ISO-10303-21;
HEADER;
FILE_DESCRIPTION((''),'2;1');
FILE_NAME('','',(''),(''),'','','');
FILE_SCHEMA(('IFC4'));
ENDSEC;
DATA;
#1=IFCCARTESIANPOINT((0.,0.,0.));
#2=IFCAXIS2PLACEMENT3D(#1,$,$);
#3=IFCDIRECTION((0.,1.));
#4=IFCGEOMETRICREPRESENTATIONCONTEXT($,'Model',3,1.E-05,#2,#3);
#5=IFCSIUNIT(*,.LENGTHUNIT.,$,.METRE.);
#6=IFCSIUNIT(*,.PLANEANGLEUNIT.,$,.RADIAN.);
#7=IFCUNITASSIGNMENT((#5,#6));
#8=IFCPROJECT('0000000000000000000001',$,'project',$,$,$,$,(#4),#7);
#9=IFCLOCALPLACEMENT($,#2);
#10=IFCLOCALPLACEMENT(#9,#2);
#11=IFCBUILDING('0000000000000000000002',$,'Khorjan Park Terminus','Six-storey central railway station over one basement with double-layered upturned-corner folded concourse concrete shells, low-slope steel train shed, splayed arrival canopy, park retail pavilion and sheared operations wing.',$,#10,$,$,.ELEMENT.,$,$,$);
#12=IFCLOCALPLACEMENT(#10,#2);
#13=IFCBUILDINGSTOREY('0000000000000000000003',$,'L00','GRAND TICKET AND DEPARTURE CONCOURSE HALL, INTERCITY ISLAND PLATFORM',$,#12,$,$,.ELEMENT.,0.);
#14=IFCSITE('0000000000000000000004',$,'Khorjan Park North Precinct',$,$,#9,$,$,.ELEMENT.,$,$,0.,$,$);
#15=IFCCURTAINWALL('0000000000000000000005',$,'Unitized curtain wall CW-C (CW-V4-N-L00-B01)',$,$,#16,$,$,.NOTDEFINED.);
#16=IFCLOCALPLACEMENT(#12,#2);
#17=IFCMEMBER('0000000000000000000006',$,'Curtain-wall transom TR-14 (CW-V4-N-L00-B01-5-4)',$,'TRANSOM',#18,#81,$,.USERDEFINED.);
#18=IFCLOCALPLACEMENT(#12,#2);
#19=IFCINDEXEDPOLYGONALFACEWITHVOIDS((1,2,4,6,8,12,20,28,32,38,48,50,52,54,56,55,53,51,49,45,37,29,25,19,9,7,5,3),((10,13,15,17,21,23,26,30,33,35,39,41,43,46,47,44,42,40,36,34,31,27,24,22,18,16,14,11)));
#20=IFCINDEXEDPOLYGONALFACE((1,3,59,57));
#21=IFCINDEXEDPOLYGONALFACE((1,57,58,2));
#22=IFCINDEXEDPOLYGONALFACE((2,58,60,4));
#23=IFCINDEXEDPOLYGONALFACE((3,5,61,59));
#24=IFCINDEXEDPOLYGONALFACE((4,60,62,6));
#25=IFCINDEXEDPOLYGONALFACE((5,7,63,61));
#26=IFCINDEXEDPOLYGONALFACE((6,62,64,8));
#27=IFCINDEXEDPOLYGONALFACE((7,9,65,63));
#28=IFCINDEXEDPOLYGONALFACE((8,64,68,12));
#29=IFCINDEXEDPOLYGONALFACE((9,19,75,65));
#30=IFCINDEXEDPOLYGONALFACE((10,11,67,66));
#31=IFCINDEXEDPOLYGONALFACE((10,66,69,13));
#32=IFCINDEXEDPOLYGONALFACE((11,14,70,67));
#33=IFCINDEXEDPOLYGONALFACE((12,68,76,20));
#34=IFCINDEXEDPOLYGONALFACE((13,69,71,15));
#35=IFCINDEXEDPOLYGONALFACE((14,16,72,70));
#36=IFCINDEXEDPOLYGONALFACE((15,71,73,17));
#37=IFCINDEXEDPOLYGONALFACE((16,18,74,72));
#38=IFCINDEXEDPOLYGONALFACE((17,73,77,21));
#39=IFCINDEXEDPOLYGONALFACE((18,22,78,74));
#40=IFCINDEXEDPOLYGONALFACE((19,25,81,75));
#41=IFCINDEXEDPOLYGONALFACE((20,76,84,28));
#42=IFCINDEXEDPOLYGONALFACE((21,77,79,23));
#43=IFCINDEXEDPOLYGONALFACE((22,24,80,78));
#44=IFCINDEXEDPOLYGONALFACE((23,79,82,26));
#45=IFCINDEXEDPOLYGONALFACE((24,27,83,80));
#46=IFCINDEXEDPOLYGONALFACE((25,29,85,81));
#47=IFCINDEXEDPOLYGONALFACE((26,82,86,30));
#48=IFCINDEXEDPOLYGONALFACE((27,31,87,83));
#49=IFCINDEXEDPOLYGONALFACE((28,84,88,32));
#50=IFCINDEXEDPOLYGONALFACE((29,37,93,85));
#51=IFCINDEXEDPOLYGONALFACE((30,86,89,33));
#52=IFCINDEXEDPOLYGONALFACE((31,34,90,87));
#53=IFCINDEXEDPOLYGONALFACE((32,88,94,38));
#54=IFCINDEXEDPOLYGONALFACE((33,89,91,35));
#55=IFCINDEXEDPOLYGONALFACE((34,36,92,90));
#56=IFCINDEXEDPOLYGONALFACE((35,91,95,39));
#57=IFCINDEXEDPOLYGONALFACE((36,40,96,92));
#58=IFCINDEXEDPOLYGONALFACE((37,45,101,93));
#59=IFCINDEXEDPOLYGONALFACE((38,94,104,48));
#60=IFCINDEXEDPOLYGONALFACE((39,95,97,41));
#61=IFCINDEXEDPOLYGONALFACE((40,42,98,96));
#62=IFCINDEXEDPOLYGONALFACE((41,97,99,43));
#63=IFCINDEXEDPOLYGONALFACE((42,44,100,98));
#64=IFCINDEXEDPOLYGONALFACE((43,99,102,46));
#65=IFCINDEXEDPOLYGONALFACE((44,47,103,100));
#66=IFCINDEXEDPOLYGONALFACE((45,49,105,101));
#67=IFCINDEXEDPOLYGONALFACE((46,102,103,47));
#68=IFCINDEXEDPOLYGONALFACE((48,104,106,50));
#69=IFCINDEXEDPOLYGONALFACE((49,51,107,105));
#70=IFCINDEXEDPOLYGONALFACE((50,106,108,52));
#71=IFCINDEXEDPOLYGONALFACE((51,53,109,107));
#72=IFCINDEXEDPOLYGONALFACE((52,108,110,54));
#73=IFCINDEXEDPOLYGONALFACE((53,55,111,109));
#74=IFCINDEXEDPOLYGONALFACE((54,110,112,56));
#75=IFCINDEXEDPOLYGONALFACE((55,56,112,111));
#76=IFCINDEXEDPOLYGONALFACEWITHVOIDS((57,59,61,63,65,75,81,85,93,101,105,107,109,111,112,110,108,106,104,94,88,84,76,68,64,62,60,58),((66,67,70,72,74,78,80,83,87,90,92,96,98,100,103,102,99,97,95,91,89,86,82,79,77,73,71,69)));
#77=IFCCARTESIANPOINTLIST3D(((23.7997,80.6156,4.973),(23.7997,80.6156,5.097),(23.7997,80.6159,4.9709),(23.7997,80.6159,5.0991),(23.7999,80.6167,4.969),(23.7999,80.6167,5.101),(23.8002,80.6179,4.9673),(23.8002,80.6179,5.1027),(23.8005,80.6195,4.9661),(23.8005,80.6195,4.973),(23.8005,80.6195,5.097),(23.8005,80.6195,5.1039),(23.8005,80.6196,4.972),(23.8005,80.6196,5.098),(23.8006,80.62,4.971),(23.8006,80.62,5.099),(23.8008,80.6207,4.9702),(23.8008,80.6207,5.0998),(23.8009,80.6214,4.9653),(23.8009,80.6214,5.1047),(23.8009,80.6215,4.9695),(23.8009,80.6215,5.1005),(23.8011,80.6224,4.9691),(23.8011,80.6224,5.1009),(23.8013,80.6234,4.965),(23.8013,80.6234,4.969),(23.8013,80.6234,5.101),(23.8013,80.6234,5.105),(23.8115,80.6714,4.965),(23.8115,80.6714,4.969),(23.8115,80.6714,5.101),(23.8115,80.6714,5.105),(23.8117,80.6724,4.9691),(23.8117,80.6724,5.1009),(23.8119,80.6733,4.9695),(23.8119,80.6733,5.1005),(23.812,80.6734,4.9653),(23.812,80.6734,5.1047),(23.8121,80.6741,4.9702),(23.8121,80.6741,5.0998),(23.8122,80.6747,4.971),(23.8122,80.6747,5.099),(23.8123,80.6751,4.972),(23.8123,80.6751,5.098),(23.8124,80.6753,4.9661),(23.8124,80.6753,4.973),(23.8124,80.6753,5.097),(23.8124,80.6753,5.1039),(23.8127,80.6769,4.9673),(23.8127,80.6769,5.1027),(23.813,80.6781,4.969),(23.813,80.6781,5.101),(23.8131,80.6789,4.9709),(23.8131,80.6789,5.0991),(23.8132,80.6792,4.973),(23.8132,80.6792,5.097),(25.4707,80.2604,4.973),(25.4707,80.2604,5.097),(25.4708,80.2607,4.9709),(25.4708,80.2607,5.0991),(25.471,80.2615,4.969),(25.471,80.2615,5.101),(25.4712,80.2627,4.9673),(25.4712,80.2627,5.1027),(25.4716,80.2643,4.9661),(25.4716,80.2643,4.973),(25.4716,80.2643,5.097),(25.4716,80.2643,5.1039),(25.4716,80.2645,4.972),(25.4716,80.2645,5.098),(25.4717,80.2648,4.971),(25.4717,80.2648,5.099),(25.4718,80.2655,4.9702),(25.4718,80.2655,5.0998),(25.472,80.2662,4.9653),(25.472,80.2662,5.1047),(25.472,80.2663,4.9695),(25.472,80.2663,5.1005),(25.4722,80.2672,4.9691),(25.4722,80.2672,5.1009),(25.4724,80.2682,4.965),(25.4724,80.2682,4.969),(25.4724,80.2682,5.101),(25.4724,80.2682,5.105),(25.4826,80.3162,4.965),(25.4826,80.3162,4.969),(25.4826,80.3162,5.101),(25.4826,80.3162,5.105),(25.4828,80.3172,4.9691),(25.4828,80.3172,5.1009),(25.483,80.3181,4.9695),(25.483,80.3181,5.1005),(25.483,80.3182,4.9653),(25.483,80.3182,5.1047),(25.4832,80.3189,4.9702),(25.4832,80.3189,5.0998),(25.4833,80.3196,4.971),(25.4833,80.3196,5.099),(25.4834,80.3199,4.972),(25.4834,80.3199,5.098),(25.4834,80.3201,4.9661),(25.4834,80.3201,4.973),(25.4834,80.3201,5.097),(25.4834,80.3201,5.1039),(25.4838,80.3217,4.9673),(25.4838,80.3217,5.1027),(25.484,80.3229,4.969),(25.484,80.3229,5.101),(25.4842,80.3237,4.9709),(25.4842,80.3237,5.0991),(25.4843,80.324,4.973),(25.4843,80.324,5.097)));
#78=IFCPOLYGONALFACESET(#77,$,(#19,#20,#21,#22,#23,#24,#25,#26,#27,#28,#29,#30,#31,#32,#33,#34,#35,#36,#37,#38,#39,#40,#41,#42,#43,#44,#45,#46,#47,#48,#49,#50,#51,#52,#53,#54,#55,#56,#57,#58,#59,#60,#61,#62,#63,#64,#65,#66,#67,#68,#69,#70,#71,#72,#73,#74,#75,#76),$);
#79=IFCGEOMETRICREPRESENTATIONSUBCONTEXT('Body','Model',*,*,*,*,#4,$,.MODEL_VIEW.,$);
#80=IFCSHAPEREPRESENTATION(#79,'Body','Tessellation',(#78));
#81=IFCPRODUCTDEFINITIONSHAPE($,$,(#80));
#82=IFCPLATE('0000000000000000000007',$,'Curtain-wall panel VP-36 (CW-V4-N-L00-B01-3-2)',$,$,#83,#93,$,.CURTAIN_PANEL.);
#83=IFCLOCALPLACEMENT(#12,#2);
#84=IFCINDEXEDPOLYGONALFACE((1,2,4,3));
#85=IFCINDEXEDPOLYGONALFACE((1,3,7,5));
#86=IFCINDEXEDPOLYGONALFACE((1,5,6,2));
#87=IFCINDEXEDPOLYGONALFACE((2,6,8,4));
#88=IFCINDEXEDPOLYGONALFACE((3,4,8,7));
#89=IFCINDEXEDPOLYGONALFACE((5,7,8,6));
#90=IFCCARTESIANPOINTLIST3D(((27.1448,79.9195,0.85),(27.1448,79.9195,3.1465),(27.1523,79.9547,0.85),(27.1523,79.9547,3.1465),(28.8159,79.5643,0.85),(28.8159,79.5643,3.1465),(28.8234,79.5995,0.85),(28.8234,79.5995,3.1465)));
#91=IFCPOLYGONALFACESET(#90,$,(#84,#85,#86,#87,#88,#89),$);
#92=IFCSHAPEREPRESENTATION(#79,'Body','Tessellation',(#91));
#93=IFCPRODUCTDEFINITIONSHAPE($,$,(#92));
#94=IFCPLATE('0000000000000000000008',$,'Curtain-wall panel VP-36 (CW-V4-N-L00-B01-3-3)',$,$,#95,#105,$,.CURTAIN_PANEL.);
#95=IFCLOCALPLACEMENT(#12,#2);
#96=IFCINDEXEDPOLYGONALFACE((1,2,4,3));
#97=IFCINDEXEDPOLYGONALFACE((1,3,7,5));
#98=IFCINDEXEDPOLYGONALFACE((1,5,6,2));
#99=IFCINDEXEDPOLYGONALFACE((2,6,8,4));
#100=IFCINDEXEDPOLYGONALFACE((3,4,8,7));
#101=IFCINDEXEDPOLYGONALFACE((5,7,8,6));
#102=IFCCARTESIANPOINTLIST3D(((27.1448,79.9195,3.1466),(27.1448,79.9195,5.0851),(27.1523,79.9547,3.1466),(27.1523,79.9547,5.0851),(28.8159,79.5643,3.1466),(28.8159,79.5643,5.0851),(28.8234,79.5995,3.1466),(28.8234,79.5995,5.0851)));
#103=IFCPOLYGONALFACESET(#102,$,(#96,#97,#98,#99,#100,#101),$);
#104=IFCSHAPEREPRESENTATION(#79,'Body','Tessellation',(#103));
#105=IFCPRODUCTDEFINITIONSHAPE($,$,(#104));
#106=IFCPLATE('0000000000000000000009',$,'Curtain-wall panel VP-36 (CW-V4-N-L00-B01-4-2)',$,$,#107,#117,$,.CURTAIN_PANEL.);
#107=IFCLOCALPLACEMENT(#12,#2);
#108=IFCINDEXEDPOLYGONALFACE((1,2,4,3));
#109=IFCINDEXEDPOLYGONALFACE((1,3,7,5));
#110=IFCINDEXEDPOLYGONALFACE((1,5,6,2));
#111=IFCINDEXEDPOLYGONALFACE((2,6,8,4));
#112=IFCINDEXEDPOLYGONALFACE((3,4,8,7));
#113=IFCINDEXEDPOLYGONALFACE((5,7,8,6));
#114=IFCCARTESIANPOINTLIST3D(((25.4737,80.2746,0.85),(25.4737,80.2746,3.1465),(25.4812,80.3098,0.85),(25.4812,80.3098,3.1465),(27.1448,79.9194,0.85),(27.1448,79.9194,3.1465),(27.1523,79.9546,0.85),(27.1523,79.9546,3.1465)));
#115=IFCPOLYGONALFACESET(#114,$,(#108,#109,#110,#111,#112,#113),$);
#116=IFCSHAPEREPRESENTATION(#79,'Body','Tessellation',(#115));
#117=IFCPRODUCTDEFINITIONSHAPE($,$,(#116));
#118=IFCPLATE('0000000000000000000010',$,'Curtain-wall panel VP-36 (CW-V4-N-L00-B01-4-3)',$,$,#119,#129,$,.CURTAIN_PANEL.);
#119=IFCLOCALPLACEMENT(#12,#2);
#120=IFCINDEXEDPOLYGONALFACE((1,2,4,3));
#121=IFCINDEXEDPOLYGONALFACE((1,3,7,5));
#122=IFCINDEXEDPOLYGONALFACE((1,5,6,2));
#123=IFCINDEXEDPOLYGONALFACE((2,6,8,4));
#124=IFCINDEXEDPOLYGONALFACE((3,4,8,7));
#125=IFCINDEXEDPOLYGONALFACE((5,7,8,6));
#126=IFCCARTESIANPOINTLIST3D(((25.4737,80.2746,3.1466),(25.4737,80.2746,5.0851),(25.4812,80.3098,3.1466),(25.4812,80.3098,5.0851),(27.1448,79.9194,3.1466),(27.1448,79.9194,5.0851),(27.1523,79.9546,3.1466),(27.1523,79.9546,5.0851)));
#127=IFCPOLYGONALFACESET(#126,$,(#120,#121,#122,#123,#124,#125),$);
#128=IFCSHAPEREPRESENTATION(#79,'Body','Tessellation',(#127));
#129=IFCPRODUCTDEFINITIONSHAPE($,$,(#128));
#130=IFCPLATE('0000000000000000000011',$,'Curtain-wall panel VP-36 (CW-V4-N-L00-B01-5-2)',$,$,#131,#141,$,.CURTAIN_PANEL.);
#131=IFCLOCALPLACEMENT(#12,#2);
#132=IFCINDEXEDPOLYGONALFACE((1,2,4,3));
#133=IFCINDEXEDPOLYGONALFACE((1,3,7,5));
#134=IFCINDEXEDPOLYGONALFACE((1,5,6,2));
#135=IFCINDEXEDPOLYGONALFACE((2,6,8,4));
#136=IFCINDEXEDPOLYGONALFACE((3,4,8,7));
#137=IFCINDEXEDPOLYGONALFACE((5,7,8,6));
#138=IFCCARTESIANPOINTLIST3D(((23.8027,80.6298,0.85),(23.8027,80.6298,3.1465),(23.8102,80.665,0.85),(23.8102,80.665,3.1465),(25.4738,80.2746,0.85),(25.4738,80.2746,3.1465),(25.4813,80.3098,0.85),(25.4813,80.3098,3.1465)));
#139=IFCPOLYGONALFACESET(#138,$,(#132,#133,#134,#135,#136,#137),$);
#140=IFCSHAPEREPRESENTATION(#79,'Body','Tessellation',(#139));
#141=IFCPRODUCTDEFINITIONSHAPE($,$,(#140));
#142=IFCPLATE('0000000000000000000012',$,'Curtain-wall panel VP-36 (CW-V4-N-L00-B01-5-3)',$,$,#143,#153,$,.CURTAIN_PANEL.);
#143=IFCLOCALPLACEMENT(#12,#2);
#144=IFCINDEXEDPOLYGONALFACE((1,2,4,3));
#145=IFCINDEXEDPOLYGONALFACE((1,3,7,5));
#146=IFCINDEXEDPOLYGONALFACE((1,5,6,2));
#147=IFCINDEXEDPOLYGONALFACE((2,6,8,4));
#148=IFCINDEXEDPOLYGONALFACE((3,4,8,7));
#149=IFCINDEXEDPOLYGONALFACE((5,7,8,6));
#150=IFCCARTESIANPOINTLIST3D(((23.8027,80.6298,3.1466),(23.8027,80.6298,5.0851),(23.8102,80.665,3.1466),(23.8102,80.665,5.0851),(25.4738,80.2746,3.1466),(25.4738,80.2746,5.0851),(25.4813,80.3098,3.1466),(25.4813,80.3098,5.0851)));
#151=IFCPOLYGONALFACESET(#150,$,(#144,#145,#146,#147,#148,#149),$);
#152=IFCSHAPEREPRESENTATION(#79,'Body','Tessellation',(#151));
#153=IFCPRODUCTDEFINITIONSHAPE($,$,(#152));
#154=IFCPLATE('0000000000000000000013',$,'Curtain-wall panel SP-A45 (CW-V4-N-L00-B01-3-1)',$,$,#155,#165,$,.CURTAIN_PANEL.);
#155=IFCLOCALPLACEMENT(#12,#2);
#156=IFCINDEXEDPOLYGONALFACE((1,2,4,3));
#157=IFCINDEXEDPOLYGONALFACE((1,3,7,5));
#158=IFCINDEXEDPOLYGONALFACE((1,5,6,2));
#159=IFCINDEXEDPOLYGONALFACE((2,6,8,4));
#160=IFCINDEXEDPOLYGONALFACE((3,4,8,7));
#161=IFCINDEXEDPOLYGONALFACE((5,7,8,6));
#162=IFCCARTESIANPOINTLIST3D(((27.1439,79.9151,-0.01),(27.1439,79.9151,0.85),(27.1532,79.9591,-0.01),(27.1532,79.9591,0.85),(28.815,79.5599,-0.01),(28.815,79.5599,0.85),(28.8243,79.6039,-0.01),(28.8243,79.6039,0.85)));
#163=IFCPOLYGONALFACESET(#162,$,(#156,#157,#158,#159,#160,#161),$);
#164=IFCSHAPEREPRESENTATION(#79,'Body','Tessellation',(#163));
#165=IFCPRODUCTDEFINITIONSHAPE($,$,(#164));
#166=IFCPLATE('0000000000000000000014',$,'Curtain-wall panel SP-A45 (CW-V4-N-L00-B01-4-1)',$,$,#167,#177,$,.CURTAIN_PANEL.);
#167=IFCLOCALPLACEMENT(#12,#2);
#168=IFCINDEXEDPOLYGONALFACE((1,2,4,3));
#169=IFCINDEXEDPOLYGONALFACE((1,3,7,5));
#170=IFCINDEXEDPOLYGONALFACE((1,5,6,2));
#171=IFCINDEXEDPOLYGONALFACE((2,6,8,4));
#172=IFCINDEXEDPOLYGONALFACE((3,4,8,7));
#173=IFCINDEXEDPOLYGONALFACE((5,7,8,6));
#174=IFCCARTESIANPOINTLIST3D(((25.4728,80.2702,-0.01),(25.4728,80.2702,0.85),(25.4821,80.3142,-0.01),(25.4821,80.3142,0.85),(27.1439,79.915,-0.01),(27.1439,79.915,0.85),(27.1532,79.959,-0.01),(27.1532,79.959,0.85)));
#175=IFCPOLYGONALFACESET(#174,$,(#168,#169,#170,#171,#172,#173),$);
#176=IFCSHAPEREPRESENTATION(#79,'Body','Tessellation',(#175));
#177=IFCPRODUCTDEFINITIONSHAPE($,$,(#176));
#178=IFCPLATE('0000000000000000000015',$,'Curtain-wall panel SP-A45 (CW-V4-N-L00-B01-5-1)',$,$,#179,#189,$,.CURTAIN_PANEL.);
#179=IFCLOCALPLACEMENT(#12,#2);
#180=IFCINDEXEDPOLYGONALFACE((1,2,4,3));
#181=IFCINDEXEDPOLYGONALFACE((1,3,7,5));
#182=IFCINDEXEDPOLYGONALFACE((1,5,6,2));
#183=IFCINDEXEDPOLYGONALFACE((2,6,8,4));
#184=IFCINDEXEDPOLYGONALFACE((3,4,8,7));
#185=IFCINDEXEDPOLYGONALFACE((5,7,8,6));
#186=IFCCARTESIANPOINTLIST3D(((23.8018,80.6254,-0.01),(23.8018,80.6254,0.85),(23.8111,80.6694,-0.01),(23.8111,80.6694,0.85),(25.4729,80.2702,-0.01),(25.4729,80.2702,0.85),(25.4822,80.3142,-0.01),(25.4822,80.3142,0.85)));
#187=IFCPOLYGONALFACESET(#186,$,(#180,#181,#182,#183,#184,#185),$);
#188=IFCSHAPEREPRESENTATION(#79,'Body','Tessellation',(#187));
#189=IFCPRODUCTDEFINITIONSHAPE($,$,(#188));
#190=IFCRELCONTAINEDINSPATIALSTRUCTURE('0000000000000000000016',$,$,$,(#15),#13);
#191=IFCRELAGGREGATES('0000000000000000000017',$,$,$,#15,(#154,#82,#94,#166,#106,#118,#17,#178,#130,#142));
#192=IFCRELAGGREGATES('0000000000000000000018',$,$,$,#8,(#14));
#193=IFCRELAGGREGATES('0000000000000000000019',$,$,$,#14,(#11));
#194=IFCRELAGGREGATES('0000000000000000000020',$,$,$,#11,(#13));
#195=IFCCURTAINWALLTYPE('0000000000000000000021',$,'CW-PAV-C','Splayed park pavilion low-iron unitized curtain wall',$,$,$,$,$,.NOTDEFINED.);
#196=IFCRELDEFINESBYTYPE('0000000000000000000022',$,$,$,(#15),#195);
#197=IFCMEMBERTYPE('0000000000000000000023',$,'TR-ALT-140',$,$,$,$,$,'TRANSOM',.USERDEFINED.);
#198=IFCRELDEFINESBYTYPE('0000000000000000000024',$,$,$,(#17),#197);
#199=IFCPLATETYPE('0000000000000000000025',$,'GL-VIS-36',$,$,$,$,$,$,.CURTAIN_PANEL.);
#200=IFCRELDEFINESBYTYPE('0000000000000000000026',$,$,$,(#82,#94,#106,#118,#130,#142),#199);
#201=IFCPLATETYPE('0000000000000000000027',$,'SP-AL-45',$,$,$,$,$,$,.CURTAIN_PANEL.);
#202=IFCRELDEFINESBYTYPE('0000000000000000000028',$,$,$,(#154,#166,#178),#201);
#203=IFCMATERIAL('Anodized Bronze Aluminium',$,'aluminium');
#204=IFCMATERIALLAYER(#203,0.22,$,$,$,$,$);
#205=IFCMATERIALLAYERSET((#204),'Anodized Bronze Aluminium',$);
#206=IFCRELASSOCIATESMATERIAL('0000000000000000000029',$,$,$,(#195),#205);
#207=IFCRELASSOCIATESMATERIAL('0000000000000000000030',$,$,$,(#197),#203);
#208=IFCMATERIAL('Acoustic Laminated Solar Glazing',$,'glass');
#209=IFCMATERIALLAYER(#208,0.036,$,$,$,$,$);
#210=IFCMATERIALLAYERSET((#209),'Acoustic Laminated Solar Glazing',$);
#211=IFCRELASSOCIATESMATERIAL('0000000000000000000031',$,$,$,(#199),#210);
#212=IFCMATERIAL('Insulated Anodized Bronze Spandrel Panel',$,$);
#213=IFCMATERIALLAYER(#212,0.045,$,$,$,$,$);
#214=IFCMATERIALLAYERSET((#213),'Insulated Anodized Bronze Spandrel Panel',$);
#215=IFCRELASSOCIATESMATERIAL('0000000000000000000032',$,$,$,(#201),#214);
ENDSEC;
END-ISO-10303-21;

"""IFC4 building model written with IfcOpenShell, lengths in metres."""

from ifc_helpers import new_model, si_unit, direction, frame, origin, origin_2d, place, context, subcontext, project, spatial, rectangle, hollow_rectangle, extrude, material, layer, layer_set, material_profile, profile_set, type_object, element, aggregate, save


model = new_model("IFC4")

# Units and contexts
model_context = context("Model", 3, precision=1e-05, world=origin(), true_north=direction((0.0, 1.0)))
body_context = subcontext(model_context, "Body", "Model", "MODEL_VIEW")
ifc_project = project(units=[si_unit("LENGTHUNIT", "METRE"), si_unit("PLANEANGLEUNIT", "RADIAN")], contexts=[model_context])

# Site, building, storey
site_placement = place(None, origin())
site = spatial("IfcSite", under=ifc_project, at=site_placement, Name="Khorjan Park North Precinct", CompositionType="ELEMENT", RefElevation=0.0)
building_placement = place(site_placement, origin())
building = spatial("IfcBuilding", under=site, at=building_placement, Name="Khorjan Park Terminus", Description="Six-storey central railway station over one basement with double-layered upturned-corner folded concourse concrete shells, low-slope steel train shed, splayed arrival canopy, park retail pavilion and sheared operations wing.", CompositionType="ELEMENT")
storey_placement = place(building_placement, origin())
storey = spatial("IfcBuildingStorey", under=building, at=storey_placement, Name="L00", Description="GRAND TICKET AND DEPARTURE CONCOURSE HALL, INTERCITY ISLAND PLATFORM", CompositionType="ELEMENT", Elevation=0.0)

# Curtain wall, member, plates
ifc_material_1 = material(Name="Anodized Bronze Aluminium", Category="aluminium")
ifc_layer_1 = layer(ifc_material_1, 0.22)
ifc_layer_set_1 = layer_set([ifc_layer_1], Name="Anodized Bronze Aluminium")
curtain_wall_type = type_object("IfcCurtainWallType", Name="CW-PAV-C", Description="Splayed park pavilion low-iron unitized curtain wall", PredefinedType="NOTDEFINED", material=ifc_layer_set_1)
curtain_wall_placement = place(storey_placement, origin())
curtain_wall = element("IfcCurtainWall", 1, at=curtain_wall_placement, inside=storey, type_object=curtain_wall_type, Name="Unitized curtain wall CW-C (CW-V4-N-L00-B01)", PredefinedType="NOTDEFINED")
ifc_material_profile_1 = material_profile(ifc_material_1, hollow_rectangle(XDim=0.065, YDim=0.14, WallThickness=0.004, InnerFilletRadius=0.004, OuterFilletRadius=0.008, at=origin_2d()), Name="ALT 65x140x4")
ifc_profile_set_1 = profile_set([ifc_material_profile_1], Name="Anodized Bronze Aluminium")
member_type_1 = type_object("IfcMemberType", Name="TR-ALT-140", ElementType="TRANSOM", PredefinedType="USERDEFINED", material=ifc_profile_set_1)
member_1_placement = place(storey_placement, frame((25.4775, 80.2922, 5.035), z_axis=(-0.978148, 0.20791, 0.0), x_axis=(-0.20791, -0.978148, 0.0)))
member_1 = element("IfcMember", 2, at=member_1_placement, type_object=member_type_1, Name="Curtain-wall transom TR-14 (CW-V4-N-L00-B01-5-4)", ObjectType="TRANSOM", PredefinedType="USERDEFINED", context=body_context, shape_type="SweptSolid", body=[
    extrude(hollow_rectangle(XDim=0.065, YDim=0.14, WallThickness=0.004, InnerFilletRadius=0.004, OuterFilletRadius=0.008, at=origin_2d()), origin(), (0.0, 0.0, 1.0), 1.7084),
])
ifc_material_2 = material(Name="Acoustic Laminated Solar Glazing", Category="glass")
ifc_layer_2 = layer(ifc_material_2, 0.036)
ifc_layer_set_2 = layer_set([ifc_layer_2], Name="Acoustic Laminated Solar Glazing")
plate_type_1 = type_object("IfcPlateType", Name="GL-VIS-36", PredefinedType="CURTAIN_PANEL", material=ifc_layer_set_2)
plate_1_placement = place(storey_placement, frame((27.9841, 79.7595, 0.85), z_axis=(0.0, 0.0, 1.0), x_axis=(-0.97815, 0.207903, 0.0)))
plate_1 = element("IfcPlate", 3, at=plate_1_placement, type_object=plate_type_1, Name="Curtain-wall panel VP-36 (CW-V4-N-L00-B01-3-2)", PredefinedType="CURTAIN_PANEL", context=body_context, shape_type="SweptSolid", body=[
    extrude(rectangle(XDim=1.7084, YDim=0.036, at=origin_2d()), origin(), (0.0, 0.0, 1.0), 2.2965),
])
plate_2_placement = place(storey_placement, frame((27.9841, 79.7595, 3.1466), z_axis=(0.0, 0.0, 1.0), x_axis=(-0.97815, 0.207903, 0.0)))
plate_2 = element("IfcPlate", 4, at=plate_2_placement, type_object=plate_type_1, Name="Curtain-wall panel VP-36 (CW-V4-N-L00-B01-3-3)", PredefinedType="CURTAIN_PANEL", context=body_context, shape_type="SweptSolid", body=[
    extrude(rectangle(XDim=1.7084, YDim=0.036, at=origin_2d()), origin(), (0.0, 0.0, 1.0), 1.9385),
])
plate_3_placement = place(storey_placement, frame((26.313, 80.1146, 0.85), z_axis=(0.0, 0.0, 1.0), x_axis=(-0.97815, 0.207903, 0.0)))
plate_3 = element("IfcPlate", 5, at=plate_3_placement, type_object=plate_type_1, Name="Curtain-wall panel VP-36 (CW-V4-N-L00-B01-4-2)", PredefinedType="CURTAIN_PANEL", context=body_context, shape_type="SweptSolid", body=[
    extrude(rectangle(XDim=1.7084, YDim=0.036, at=origin_2d()), origin(), (0.0, 0.0, 1.0), 2.2965),
])
plate_4_placement = place(storey_placement, frame((26.313, 80.1146, 3.1466), z_axis=(0.0, 0.0, 1.0), x_axis=(-0.97815, 0.207903, 0.0)))
plate_4 = element("IfcPlate", 6, at=plate_4_placement, type_object=plate_type_1, Name="Curtain-wall panel VP-36 (CW-V4-N-L00-B01-4-3)", PredefinedType="CURTAIN_PANEL", context=body_context, shape_type="SweptSolid", body=[
    extrude(rectangle(XDim=1.7084, YDim=0.036, at=origin_2d()), origin(), (0.0, 0.0, 1.0), 1.9385),
])
plate_5_placement = place(storey_placement, frame((24.642, 80.4698, 0.85), z_axis=(0.0, 0.0, 1.0), x_axis=(-0.97815, 0.207903, 0.0)))
plate_5 = element("IfcPlate", 7, at=plate_5_placement, type_object=plate_type_1, Name="Curtain-wall panel VP-36 (CW-V4-N-L00-B01-5-2)", PredefinedType="CURTAIN_PANEL", context=body_context, shape_type="SweptSolid", body=[
    extrude(rectangle(XDim=1.7084, YDim=0.036, at=origin_2d()), origin(), (0.0, 0.0, 1.0), 2.2965),
])
plate_6_placement = place(storey_placement, frame((24.642, 80.4698, 3.1466), z_axis=(0.0, 0.0, 1.0), x_axis=(-0.97815, 0.207903, 0.0)))
plate_6 = element("IfcPlate", 8, at=plate_6_placement, type_object=plate_type_1, Name="Curtain-wall panel VP-36 (CW-V4-N-L00-B01-5-3)", PredefinedType="CURTAIN_PANEL", context=body_context, shape_type="SweptSolid", body=[
    extrude(rectangle(XDim=1.7084, YDim=0.036, at=origin_2d()), origin(), (0.0, 0.0, 1.0), 1.9385),
])
ifc_material_3 = material(Name="Insulated Anodized Bronze Spandrel Panel")
ifc_layer_3 = layer(ifc_material_3, 0.045)
ifc_layer_set_3 = layer_set([ifc_layer_3], Name="Insulated Anodized Bronze Spandrel Panel")
plate_type_2 = type_object("IfcPlateType", Name="SP-AL-45", PredefinedType="CURTAIN_PANEL", material=ifc_layer_set_3)
plate_7_placement = place(storey_placement, frame((27.9841, 79.7595, -0.01), z_axis=(0.0, 0.0, 1.0), x_axis=(-0.97815, 0.207903, 0.0)))
plate_7 = element("IfcPlate", 9, at=plate_7_placement, type_object=plate_type_2, Name="Curtain-wall panel SP-A45 (CW-V4-N-L00-B01-3-1)", PredefinedType="CURTAIN_PANEL", context=body_context, shape_type="SweptSolid", body=[
    extrude(rectangle(XDim=1.7084, YDim=0.045, at=origin_2d()), origin(), (0.0, 0.0, 1.0), 0.86),
])
plate_8_placement = place(storey_placement, frame((26.313, 80.1146, -0.01), z_axis=(0.0, 0.0, 1.0), x_axis=(-0.97815, 0.207903, 0.0)))
plate_8 = element("IfcPlate", 10, at=plate_8_placement, type_object=plate_type_2, Name="Curtain-wall panel SP-A45 (CW-V4-N-L00-B01-4-1)", PredefinedType="CURTAIN_PANEL", context=body_context, shape_type="SweptSolid", body=[
    extrude(rectangle(XDim=1.7084, YDim=0.045, at=origin_2d()), origin(), (0.0, 0.0, 1.0), 0.86),
])
plate_9_placement = place(storey_placement, frame((24.642, 80.4698, -0.01), z_axis=(0.0, 0.0, 1.0), x_axis=(-0.97815, 0.207903, 0.0)))
plate_9 = element("IfcPlate", 11, at=plate_9_placement, type_object=plate_type_2, Name="Curtain-wall panel SP-A45 (CW-V4-N-L00-B01-5-1)", PredefinedType="CURTAIN_PANEL", context=body_context, shape_type="SweptSolid", body=[
    extrude(rectangle(XDim=1.7084, YDim=0.045, at=origin_2d()), origin(), (0.0, 0.0, 1.0), 0.86),
])
aggregate(curtain_wall, [plate_7, plate_1, plate_2, plate_8, plate_3, plate_4, member_1, plate_9, plate_5, plate_6])

save(model, "model.ifc")
